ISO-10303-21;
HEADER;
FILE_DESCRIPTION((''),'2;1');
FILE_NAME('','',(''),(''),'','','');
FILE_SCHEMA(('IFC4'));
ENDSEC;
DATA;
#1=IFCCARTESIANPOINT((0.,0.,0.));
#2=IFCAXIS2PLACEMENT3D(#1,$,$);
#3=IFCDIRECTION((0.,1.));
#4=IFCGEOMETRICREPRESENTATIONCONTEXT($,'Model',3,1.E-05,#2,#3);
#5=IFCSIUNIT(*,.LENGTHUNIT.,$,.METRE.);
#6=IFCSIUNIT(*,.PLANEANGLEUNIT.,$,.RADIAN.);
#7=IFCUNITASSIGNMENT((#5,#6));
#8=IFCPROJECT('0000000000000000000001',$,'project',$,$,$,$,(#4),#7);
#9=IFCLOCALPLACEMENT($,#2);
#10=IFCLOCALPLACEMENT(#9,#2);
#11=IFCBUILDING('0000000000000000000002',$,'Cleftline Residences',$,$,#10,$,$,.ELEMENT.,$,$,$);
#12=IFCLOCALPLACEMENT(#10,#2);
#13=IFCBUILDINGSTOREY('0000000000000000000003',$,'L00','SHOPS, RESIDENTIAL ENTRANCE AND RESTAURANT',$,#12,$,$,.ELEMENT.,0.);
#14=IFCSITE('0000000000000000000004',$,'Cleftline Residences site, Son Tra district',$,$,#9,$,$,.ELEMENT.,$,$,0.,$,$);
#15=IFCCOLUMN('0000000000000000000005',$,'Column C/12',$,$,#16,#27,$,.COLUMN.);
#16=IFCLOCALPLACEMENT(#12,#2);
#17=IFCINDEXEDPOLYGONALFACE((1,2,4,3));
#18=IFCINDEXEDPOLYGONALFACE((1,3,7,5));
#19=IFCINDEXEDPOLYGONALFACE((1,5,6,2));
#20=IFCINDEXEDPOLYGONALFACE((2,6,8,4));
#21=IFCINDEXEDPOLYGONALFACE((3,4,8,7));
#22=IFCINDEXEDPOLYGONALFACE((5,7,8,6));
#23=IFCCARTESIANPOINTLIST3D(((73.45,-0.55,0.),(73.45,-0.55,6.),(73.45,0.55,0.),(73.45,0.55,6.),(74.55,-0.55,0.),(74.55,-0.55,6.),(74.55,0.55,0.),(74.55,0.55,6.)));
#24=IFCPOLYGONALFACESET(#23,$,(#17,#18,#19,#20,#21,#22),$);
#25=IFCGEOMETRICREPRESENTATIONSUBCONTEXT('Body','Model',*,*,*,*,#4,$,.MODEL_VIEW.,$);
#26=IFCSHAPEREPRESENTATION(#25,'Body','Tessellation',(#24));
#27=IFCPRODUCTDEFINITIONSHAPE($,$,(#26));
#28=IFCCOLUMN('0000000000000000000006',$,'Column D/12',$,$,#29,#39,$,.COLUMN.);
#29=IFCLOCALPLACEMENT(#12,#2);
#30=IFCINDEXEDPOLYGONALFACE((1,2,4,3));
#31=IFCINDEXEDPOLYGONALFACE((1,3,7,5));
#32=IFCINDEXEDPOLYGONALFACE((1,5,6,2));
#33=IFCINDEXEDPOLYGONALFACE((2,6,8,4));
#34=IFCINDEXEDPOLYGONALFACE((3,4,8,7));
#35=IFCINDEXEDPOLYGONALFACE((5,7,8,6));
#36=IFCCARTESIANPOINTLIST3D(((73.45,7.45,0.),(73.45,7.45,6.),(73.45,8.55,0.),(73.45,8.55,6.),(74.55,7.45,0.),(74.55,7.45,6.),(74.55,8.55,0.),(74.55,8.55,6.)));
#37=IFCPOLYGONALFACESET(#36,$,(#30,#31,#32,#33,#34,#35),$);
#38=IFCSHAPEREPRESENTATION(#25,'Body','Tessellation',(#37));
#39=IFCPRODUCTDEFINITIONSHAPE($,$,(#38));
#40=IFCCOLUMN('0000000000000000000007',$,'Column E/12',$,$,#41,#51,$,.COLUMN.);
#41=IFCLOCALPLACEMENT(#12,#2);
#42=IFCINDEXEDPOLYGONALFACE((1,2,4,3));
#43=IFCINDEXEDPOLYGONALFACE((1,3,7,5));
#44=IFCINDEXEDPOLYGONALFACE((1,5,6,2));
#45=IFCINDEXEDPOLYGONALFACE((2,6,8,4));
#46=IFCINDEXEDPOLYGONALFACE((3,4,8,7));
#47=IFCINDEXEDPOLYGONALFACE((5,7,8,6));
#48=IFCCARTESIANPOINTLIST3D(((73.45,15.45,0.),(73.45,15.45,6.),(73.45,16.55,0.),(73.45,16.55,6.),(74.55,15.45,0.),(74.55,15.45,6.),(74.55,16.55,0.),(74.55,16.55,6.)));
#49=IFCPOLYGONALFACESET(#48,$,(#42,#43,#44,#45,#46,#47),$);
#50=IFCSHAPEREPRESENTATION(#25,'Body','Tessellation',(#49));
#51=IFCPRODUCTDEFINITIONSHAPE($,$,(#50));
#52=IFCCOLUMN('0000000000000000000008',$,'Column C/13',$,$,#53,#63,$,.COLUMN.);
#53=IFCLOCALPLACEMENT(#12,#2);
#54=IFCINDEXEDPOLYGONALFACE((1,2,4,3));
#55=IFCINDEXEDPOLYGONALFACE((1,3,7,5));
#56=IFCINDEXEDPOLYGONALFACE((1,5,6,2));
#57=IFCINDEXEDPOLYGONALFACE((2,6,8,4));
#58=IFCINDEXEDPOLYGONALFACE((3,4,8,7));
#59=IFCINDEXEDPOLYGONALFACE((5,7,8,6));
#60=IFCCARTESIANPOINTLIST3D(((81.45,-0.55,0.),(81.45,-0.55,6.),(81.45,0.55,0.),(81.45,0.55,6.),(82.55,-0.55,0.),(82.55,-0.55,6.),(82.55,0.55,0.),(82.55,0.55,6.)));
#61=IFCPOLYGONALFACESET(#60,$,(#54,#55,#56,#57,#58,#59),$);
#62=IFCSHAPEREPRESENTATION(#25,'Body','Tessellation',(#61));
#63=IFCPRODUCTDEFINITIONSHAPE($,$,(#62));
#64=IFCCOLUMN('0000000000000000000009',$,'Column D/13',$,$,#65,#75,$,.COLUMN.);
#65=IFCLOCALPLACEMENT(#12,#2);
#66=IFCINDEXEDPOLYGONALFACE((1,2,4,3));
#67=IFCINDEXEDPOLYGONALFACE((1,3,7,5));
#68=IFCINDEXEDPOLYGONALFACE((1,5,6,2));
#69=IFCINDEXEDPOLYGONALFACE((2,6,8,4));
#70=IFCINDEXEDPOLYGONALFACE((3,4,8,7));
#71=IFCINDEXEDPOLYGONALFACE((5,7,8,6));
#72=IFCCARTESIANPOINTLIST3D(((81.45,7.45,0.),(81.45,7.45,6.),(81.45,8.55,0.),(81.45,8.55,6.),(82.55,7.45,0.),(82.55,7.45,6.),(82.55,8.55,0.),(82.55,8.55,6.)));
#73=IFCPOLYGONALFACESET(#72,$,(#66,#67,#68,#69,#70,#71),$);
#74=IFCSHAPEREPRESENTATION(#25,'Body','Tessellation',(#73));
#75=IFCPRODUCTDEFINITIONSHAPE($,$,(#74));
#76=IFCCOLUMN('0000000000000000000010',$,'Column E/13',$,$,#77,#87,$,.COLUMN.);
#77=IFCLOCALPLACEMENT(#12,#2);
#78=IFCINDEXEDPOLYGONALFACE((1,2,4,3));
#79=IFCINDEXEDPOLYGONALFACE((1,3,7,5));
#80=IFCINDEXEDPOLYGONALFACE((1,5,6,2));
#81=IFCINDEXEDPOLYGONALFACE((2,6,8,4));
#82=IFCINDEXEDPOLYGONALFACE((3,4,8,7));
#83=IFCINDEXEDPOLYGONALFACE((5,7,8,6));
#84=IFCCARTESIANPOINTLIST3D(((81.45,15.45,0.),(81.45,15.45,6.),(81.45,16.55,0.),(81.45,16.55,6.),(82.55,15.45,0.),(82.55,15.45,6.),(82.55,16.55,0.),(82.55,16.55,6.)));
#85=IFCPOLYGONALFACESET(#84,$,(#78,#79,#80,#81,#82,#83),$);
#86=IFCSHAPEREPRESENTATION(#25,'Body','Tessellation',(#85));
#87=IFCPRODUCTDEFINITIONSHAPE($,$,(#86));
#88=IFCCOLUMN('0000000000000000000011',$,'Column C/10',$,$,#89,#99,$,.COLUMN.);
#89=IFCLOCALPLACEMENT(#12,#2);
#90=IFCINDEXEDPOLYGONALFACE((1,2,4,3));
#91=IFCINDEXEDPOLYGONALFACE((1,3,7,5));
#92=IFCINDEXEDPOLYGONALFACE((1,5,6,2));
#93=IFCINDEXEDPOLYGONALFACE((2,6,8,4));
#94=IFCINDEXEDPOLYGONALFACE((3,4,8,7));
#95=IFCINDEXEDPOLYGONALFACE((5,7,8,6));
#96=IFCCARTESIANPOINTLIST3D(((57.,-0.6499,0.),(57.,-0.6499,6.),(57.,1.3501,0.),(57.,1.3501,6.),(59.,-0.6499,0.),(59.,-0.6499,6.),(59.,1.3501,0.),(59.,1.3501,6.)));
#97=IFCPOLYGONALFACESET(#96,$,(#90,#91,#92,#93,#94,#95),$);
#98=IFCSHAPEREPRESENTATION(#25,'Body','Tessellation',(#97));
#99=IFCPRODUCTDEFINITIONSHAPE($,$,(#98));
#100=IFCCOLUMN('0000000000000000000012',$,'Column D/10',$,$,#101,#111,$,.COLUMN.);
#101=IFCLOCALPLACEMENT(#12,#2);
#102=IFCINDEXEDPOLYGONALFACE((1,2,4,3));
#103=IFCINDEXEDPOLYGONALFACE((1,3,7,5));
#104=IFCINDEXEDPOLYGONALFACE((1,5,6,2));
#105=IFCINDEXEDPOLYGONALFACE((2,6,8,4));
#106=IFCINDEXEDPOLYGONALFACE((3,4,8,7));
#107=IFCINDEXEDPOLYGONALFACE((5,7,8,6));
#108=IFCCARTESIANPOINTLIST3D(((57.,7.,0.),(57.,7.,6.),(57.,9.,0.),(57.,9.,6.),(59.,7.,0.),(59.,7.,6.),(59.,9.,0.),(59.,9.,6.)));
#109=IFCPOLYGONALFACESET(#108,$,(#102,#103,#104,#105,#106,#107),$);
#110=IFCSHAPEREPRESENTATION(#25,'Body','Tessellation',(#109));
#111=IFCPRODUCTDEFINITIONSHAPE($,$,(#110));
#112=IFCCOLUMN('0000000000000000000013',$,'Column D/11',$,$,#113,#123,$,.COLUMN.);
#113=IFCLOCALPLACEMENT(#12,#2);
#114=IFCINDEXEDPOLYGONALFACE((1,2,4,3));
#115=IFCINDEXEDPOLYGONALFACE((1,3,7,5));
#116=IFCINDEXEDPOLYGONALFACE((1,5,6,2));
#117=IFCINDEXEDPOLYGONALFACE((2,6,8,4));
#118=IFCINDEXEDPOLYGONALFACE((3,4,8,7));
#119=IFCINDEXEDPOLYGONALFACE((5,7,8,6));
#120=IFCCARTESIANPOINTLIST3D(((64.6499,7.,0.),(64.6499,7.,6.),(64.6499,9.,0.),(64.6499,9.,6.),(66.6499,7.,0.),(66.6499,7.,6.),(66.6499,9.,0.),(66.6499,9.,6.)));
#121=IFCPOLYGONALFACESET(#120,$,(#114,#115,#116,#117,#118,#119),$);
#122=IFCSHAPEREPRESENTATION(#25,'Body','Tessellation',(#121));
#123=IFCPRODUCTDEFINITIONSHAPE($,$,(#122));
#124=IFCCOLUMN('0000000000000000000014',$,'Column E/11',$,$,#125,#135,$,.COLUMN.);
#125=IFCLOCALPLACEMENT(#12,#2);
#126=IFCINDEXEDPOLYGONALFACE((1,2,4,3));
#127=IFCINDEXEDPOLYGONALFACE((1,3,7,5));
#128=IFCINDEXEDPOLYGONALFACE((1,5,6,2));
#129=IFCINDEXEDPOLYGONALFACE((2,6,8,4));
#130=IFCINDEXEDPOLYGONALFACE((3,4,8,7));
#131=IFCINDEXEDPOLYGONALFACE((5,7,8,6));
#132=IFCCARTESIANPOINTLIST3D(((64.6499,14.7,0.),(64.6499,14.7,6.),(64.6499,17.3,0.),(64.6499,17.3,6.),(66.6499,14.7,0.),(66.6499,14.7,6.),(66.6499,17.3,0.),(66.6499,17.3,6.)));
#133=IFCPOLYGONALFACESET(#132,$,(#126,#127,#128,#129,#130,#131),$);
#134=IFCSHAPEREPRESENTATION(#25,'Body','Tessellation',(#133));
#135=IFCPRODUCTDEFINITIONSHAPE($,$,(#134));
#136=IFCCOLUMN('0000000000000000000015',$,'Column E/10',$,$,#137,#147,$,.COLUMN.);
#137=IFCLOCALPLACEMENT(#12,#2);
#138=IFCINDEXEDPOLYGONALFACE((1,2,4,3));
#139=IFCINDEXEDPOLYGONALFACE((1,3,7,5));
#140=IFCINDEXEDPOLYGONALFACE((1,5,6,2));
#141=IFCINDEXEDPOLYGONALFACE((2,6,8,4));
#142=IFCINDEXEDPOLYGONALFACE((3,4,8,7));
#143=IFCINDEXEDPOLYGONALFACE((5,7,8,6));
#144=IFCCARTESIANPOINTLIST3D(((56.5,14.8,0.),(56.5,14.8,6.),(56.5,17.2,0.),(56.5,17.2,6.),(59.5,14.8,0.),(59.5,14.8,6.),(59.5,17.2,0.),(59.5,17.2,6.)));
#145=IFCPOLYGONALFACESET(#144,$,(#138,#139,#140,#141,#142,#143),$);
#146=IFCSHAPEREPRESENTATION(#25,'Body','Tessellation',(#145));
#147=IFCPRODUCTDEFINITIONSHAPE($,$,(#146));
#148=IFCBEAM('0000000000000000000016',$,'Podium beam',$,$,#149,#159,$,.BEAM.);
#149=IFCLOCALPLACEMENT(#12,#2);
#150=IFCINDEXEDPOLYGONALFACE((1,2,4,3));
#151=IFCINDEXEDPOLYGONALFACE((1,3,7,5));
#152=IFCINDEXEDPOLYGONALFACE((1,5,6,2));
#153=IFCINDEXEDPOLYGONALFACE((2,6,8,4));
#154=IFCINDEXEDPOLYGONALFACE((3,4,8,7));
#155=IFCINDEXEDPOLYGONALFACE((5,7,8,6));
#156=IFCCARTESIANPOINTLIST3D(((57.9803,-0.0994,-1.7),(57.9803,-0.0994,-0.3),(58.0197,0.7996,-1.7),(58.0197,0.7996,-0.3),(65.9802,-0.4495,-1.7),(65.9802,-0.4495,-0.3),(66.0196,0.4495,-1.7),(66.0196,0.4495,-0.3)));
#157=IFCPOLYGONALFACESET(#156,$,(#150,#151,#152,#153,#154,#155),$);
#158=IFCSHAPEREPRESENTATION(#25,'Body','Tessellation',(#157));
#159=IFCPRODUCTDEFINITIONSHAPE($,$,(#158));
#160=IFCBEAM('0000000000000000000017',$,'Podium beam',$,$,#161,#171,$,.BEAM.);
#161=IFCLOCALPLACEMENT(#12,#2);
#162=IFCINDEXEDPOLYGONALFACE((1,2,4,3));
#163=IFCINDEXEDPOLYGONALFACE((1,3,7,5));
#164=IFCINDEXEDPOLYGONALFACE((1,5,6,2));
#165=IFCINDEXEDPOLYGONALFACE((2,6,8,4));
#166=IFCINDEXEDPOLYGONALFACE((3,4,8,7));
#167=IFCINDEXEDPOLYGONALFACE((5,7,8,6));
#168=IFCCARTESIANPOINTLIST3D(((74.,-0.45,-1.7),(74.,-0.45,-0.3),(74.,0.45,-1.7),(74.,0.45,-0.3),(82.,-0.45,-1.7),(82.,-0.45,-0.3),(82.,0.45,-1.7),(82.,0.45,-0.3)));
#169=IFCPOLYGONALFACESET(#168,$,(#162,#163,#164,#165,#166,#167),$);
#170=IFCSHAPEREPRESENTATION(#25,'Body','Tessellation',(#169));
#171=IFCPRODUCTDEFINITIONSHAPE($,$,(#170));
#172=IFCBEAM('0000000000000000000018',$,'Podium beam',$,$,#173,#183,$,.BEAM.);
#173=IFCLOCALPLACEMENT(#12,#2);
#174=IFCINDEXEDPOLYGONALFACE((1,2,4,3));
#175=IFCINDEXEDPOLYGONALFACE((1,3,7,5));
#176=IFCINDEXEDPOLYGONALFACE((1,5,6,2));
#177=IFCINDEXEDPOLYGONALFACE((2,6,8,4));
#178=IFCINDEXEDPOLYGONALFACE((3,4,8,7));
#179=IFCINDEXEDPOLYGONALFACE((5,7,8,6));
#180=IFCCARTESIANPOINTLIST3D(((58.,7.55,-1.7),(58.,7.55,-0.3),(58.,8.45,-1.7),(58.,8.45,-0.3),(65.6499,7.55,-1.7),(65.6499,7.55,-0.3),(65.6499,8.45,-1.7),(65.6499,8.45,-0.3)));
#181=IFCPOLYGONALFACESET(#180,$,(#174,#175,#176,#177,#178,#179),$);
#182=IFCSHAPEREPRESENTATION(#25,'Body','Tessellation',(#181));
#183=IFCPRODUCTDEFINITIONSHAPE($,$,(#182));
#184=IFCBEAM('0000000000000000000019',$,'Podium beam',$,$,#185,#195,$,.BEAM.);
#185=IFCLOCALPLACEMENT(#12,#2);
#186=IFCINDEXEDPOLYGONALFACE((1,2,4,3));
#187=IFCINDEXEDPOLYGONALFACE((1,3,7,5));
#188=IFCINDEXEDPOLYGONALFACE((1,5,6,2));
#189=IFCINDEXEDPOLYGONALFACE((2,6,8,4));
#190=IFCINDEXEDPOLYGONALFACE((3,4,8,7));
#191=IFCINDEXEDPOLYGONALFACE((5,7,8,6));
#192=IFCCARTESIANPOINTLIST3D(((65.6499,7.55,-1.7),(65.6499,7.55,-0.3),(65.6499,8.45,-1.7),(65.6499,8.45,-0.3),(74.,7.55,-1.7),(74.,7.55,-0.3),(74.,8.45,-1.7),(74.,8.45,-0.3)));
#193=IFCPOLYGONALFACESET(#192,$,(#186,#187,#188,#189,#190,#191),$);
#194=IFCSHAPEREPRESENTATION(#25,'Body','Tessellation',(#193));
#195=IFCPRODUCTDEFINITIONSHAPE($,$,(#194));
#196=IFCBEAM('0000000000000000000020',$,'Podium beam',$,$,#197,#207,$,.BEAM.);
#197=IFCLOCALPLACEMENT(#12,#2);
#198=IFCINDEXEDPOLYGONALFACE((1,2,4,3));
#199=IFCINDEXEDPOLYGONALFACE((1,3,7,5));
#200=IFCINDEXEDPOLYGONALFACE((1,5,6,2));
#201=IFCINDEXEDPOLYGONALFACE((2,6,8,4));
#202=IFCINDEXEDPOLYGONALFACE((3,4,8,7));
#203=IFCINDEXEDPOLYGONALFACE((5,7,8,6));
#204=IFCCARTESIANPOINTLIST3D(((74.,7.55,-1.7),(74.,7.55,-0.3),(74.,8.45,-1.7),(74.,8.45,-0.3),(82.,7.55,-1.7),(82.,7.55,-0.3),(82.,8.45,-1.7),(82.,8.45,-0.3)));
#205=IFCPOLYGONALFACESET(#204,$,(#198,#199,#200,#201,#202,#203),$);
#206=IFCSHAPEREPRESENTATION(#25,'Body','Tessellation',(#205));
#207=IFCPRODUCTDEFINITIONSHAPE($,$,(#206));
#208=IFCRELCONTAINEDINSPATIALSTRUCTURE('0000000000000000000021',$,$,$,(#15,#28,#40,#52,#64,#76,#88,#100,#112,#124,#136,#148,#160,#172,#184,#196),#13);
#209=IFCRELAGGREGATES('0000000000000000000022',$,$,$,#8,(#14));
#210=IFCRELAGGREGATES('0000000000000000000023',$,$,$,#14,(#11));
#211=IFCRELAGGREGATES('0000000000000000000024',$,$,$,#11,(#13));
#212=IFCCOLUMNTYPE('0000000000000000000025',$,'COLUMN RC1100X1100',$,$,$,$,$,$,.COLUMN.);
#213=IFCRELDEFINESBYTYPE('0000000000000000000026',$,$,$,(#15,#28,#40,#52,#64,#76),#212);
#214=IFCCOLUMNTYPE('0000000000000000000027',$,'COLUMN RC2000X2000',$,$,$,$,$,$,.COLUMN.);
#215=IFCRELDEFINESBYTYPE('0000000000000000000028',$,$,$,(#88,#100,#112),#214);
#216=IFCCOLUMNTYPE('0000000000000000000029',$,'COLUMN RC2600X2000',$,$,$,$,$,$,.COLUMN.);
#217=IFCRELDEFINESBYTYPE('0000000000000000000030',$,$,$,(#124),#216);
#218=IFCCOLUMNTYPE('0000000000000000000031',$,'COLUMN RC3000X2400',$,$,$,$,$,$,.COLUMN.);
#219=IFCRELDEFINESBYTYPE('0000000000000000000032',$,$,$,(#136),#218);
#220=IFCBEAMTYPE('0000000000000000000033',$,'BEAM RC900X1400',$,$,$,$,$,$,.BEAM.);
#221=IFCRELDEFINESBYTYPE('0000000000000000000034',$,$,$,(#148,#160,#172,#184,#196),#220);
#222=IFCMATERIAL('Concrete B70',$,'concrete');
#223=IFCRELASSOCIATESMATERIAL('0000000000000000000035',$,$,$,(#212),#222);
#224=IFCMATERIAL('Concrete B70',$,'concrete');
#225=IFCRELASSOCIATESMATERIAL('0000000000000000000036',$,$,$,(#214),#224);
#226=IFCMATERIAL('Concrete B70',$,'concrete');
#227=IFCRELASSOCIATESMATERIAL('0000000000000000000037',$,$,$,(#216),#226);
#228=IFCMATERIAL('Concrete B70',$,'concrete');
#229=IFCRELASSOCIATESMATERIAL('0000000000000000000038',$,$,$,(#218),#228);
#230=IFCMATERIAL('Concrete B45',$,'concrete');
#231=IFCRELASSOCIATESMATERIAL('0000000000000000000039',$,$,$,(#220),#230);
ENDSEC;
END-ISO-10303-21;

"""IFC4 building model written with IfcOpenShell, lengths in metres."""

from ifc_helpers import new_model, si_unit, direction, frame, origin, origin_2d, place, context, subcontext, project, spatial, rectangle, extrude, material, material_profile, profile_set, type_object, element, save


model = new_model("IFC4")

# Units and contexts
model_context = context("Model", 3, precision=1e-05, world=origin(), true_north=direction((0.0, 1.0)))
body_context = subcontext(model_context, "Body", "Model", "MODEL_VIEW")
ifc_project = project(units=[si_unit("LENGTHUNIT", "METRE"), si_unit("PLANEANGLEUNIT", "RADIAN")], contexts=[model_context])

# Site, building, storey
site_placement = place(None, origin())
site = spatial("IfcSite", under=ifc_project, at=site_placement, Name="Cleftline Residences site, Son Tra district", CompositionType="ELEMENT", RefElevation=0.0)
building_placement = place(site_placement, origin())
building = spatial("IfcBuilding", under=site, at=building_placement, Name="Cleftline Residences", CompositionType="ELEMENT")
storey_placement = place(building_placement, origin())
storey = spatial("IfcBuildingStorey", under=building, at=storey_placement, Name="L00", Description="SHOPS, RESIDENTIAL ENTRANCE AND RESTAURANT", CompositionType="ELEMENT", Elevation=0.0)

# Columns
ifc_material_1 = material(Name="Concrete B70", Category="concrete")
ifc_material_profile_1 = material_profile(ifc_material_1, rectangle(XDim=1.1001, YDim=1.1001, at=origin_2d()))
ifc_profile_set_1 = profile_set([ifc_material_profile_1], Name="Concrete B70")
column_type_1 = type_object("IfcColumnType", Name="COLUMN RC1100X1100", PredefinedType="COLUMN", material=ifc_profile_set_1)
for number, where, z_axis, x_axis, name in (
    (1, (74.0, 0.0, 0.0), (0.0, 0.0, 1.0), (1.0, 0.0, 0.0), "Column C/12"),
    (2, (74.0, 8.0, 0.0), (0.0, 0.0, 1.0), (1.0, 0.0, 0.0), "Column D/12"),
    (3, (74.0, 16.0, 0.0), (0.0, 0.0, 1.0), (1.0, 0.0, 0.0), "Column E/12"),
    (4, (82.0, 0.0, 0.0), (0.0, 0.0, 1.0), (1.0, 0.0, 0.0), "Column C/13"),
    (5, (82.0, 8.0, 0.0), (0.0, 0.0, 1.0), (1.0, 0.0, 0.0), "Column D/13"),
    (6, (82.0, 16.0, 0.0), (0.0, 0.0, 1.0), (1.0, 0.0, 0.0), "Column E/13"),
):
    element("IfcColumn", number, at=place(storey_placement, frame(where, z_axis=z_axis, x_axis=x_axis)), inside=storey, type_object=column_type_1, Name=name, PredefinedType="COLUMN", context=body_context, shape_type="SweptSolid", body=[
        extrude(rectangle(XDim=1.1001, YDim=1.1001, at=origin_2d()), origin(), (0.0, 0.0, 1.0), 6.0),
    ])
ifc_material_2 = material(Name="Concrete B70", Category="concrete")
ifc_material_profile_2 = material_profile(ifc_material_2, rectangle(XDim=2.0, YDim=2.0, at=origin_2d()))
ifc_profile_set_2 = profile_set([ifc_material_profile_2], Name="Concrete B70")
column_type_2 = type_object("IfcColumnType", Name="COLUMN RC2000X2000", PredefinedType="COLUMN", material=ifc_profile_set_2)
for number, where, z_axis, x_axis, name in (
    (7, (58.0, 0.3501, 0.0), (0.0, 0.0, 1.0), (1.0, 0.0, 0.0), "Column C/10"),
    (8, (58.0, 8.0, 0.0), (0.0, 0.0, 1.0), (1.0, 0.0, 0.0), "Column D/10"),
    (9, (65.6499, 8.0, 0.0), (0.0, 0.0, 1.0), (1.0, 0.0, 0.0), "Column D/11"),
):
    element("IfcColumn", number, at=place(storey_placement, frame(where, z_axis=z_axis, x_axis=x_axis)), inside=storey, type_object=column_type_2, Name=name, PredefinedType="COLUMN", context=body_context, shape_type="SweptSolid", body=[
        extrude(rectangle(XDim=2.0, YDim=2.0, at=origin_2d()), origin(), (0.0, 0.0, 1.0), 6.0),
    ])
ifc_material_3 = material(Name="Concrete B70", Category="concrete")
ifc_material_profile_3 = material_profile(ifc_material_3, rectangle(XDim=2.6001, YDim=2.0, at=origin_2d()))
ifc_profile_set_3 = profile_set([ifc_material_profile_3], Name="Concrete B70")
column_type_3 = type_object("IfcColumnType", Name="COLUMN RC2600X2000", PredefinedType="COLUMN", material=ifc_profile_set_3)
column_1_placement = place(storey_placement, frame((65.6499, 16.0, 0.0), z_axis=(0.0, 0.0, 1.0), x_axis=(0.0, 1.0, 0.0)))
element("IfcColumn", 10, at=column_1_placement, inside=storey, type_object=column_type_3, Name="Column E/11", PredefinedType="COLUMN", context=body_context, shape_type="SweptSolid", body=[
    extrude(rectangle(XDim=2.6001, YDim=2.0, at=origin_2d()), origin(), (0.0, 0.0, 1.0), 6.0),
])
ifc_material_4 = material(Name="Concrete B70", Category="concrete")
ifc_material_profile_4 = material_profile(ifc_material_4, rectangle(XDim=3.0, YDim=2.3999, at=origin_2d()))
ifc_profile_set_4 = profile_set([ifc_material_profile_4], Name="Concrete B70")
column_type_4 = type_object("IfcColumnType", Name="COLUMN RC3000X2400", PredefinedType="COLUMN", material=ifc_profile_set_4)
column_2_placement = place(storey_placement, frame((58.0, 16.0, 0.0), z_axis=(0.0, 0.0, 1.0), x_axis=(1.0, 0.0, 0.0)))
element("IfcColumn", 11, at=column_2_placement, inside=storey, type_object=column_type_4, Name="Column E/10", PredefinedType="COLUMN", context=body_context, shape_type="SweptSolid", body=[
    extrude(rectangle(XDim=3.0, YDim=2.3999, at=origin_2d()), origin(), (0.0, 0.0, 1.0), 6.0),
])

# Beams
ifc_material_5 = material(Name="Concrete B45", Category="concrete")
ifc_material_profile_5 = material_profile(ifc_material_5, rectangle(XDim=0.8999, YDim=1.3999, at=origin_2d()))
ifc_profile_set_5 = profile_set([ifc_material_profile_5], Name="Concrete B45")
beam_type = type_object("IfcBeamType", Name="BEAM RC900X1400", PredefinedType="BEAM", material=ifc_profile_set_5)
beam_1_placement = place(storey_placement, frame((58.0, 0.3501, -1.0), z_axis=(0.999044, -0.04372, 0.0), x_axis=(0.04372, 0.999044, 0.0)))
element("IfcBeam", 12, at=beam_1_placement, inside=storey, type_object=beam_type, Name="Podium beam", PredefinedType="BEAM", context=body_context, shape_type="SweptSolid", body=[
    extrude(rectangle(XDim=0.8999, YDim=1.3999, at=origin_2d()), origin(), (0.0, 0.0, 1.0), 8.0076),
])
beam_2_placement = place(storey_placement, frame((74.0, 0.0, -1.0), z_axis=(1.0, 0.0, 0.0), x_axis=(0.0, 1.0, 0.0)))
element("IfcBeam", 13, at=beam_2_placement, inside=storey, type_object=beam_type, Name="Podium beam", PredefinedType="BEAM", context=body_context, shape_type="SweptSolid", body=[
    extrude(rectangle(XDim=0.8999, YDim=1.3999, at=origin_2d()), origin(), (0.0, 0.0, 1.0), 8.0),
])
beam_3_placement = place(storey_placement, frame((58.0, 8.0, -1.0), z_axis=(1.0, 0.0, 0.0), x_axis=(0.0, 1.0, 0.0)))
element("IfcBeam", 14, at=beam_3_placement, inside=storey, type_object=beam_type, Name="Podium beam", PredefinedType="BEAM", context=body_context, shape_type="SweptSolid", body=[
    extrude(rectangle(XDim=0.8999, YDim=1.3999, at=origin_2d()), origin(), (0.0, 0.0, 1.0), 7.6499),
])
beam_4_placement = place(storey_placement, frame((65.6499, 8.0, -1.0), z_axis=(1.0, 0.0, 0.0), x_axis=(0.0, 1.0, 0.0)))
element("IfcBeam", 15, at=beam_4_placement, inside=storey, type_object=beam_type, Name="Podium beam", PredefinedType="BEAM", context=body_context, shape_type="SweptSolid", body=[
    extrude(rectangle(XDim=0.8999, YDim=1.3999, at=origin_2d()), origin(), (0.0, 0.0, 1.0), 8.3501),
])
beam_5_placement = place(storey_placement, frame((74.0, 8.0, -1.0), z_axis=(1.0, 0.0, 0.0), x_axis=(0.0, 1.0, 0.0)))
element("IfcBeam", 16, at=beam_5_placement, inside=storey, type_object=beam_type, Name="Podium beam", PredefinedType="BEAM", context=body_context, shape_type="SweptSolid", body=[
    extrude(rectangle(XDim=0.8999, YDim=1.3999, at=origin_2d()), origin(), (0.0, 0.0, 1.0), 8.0),
])

save(model, "model.ifc")
